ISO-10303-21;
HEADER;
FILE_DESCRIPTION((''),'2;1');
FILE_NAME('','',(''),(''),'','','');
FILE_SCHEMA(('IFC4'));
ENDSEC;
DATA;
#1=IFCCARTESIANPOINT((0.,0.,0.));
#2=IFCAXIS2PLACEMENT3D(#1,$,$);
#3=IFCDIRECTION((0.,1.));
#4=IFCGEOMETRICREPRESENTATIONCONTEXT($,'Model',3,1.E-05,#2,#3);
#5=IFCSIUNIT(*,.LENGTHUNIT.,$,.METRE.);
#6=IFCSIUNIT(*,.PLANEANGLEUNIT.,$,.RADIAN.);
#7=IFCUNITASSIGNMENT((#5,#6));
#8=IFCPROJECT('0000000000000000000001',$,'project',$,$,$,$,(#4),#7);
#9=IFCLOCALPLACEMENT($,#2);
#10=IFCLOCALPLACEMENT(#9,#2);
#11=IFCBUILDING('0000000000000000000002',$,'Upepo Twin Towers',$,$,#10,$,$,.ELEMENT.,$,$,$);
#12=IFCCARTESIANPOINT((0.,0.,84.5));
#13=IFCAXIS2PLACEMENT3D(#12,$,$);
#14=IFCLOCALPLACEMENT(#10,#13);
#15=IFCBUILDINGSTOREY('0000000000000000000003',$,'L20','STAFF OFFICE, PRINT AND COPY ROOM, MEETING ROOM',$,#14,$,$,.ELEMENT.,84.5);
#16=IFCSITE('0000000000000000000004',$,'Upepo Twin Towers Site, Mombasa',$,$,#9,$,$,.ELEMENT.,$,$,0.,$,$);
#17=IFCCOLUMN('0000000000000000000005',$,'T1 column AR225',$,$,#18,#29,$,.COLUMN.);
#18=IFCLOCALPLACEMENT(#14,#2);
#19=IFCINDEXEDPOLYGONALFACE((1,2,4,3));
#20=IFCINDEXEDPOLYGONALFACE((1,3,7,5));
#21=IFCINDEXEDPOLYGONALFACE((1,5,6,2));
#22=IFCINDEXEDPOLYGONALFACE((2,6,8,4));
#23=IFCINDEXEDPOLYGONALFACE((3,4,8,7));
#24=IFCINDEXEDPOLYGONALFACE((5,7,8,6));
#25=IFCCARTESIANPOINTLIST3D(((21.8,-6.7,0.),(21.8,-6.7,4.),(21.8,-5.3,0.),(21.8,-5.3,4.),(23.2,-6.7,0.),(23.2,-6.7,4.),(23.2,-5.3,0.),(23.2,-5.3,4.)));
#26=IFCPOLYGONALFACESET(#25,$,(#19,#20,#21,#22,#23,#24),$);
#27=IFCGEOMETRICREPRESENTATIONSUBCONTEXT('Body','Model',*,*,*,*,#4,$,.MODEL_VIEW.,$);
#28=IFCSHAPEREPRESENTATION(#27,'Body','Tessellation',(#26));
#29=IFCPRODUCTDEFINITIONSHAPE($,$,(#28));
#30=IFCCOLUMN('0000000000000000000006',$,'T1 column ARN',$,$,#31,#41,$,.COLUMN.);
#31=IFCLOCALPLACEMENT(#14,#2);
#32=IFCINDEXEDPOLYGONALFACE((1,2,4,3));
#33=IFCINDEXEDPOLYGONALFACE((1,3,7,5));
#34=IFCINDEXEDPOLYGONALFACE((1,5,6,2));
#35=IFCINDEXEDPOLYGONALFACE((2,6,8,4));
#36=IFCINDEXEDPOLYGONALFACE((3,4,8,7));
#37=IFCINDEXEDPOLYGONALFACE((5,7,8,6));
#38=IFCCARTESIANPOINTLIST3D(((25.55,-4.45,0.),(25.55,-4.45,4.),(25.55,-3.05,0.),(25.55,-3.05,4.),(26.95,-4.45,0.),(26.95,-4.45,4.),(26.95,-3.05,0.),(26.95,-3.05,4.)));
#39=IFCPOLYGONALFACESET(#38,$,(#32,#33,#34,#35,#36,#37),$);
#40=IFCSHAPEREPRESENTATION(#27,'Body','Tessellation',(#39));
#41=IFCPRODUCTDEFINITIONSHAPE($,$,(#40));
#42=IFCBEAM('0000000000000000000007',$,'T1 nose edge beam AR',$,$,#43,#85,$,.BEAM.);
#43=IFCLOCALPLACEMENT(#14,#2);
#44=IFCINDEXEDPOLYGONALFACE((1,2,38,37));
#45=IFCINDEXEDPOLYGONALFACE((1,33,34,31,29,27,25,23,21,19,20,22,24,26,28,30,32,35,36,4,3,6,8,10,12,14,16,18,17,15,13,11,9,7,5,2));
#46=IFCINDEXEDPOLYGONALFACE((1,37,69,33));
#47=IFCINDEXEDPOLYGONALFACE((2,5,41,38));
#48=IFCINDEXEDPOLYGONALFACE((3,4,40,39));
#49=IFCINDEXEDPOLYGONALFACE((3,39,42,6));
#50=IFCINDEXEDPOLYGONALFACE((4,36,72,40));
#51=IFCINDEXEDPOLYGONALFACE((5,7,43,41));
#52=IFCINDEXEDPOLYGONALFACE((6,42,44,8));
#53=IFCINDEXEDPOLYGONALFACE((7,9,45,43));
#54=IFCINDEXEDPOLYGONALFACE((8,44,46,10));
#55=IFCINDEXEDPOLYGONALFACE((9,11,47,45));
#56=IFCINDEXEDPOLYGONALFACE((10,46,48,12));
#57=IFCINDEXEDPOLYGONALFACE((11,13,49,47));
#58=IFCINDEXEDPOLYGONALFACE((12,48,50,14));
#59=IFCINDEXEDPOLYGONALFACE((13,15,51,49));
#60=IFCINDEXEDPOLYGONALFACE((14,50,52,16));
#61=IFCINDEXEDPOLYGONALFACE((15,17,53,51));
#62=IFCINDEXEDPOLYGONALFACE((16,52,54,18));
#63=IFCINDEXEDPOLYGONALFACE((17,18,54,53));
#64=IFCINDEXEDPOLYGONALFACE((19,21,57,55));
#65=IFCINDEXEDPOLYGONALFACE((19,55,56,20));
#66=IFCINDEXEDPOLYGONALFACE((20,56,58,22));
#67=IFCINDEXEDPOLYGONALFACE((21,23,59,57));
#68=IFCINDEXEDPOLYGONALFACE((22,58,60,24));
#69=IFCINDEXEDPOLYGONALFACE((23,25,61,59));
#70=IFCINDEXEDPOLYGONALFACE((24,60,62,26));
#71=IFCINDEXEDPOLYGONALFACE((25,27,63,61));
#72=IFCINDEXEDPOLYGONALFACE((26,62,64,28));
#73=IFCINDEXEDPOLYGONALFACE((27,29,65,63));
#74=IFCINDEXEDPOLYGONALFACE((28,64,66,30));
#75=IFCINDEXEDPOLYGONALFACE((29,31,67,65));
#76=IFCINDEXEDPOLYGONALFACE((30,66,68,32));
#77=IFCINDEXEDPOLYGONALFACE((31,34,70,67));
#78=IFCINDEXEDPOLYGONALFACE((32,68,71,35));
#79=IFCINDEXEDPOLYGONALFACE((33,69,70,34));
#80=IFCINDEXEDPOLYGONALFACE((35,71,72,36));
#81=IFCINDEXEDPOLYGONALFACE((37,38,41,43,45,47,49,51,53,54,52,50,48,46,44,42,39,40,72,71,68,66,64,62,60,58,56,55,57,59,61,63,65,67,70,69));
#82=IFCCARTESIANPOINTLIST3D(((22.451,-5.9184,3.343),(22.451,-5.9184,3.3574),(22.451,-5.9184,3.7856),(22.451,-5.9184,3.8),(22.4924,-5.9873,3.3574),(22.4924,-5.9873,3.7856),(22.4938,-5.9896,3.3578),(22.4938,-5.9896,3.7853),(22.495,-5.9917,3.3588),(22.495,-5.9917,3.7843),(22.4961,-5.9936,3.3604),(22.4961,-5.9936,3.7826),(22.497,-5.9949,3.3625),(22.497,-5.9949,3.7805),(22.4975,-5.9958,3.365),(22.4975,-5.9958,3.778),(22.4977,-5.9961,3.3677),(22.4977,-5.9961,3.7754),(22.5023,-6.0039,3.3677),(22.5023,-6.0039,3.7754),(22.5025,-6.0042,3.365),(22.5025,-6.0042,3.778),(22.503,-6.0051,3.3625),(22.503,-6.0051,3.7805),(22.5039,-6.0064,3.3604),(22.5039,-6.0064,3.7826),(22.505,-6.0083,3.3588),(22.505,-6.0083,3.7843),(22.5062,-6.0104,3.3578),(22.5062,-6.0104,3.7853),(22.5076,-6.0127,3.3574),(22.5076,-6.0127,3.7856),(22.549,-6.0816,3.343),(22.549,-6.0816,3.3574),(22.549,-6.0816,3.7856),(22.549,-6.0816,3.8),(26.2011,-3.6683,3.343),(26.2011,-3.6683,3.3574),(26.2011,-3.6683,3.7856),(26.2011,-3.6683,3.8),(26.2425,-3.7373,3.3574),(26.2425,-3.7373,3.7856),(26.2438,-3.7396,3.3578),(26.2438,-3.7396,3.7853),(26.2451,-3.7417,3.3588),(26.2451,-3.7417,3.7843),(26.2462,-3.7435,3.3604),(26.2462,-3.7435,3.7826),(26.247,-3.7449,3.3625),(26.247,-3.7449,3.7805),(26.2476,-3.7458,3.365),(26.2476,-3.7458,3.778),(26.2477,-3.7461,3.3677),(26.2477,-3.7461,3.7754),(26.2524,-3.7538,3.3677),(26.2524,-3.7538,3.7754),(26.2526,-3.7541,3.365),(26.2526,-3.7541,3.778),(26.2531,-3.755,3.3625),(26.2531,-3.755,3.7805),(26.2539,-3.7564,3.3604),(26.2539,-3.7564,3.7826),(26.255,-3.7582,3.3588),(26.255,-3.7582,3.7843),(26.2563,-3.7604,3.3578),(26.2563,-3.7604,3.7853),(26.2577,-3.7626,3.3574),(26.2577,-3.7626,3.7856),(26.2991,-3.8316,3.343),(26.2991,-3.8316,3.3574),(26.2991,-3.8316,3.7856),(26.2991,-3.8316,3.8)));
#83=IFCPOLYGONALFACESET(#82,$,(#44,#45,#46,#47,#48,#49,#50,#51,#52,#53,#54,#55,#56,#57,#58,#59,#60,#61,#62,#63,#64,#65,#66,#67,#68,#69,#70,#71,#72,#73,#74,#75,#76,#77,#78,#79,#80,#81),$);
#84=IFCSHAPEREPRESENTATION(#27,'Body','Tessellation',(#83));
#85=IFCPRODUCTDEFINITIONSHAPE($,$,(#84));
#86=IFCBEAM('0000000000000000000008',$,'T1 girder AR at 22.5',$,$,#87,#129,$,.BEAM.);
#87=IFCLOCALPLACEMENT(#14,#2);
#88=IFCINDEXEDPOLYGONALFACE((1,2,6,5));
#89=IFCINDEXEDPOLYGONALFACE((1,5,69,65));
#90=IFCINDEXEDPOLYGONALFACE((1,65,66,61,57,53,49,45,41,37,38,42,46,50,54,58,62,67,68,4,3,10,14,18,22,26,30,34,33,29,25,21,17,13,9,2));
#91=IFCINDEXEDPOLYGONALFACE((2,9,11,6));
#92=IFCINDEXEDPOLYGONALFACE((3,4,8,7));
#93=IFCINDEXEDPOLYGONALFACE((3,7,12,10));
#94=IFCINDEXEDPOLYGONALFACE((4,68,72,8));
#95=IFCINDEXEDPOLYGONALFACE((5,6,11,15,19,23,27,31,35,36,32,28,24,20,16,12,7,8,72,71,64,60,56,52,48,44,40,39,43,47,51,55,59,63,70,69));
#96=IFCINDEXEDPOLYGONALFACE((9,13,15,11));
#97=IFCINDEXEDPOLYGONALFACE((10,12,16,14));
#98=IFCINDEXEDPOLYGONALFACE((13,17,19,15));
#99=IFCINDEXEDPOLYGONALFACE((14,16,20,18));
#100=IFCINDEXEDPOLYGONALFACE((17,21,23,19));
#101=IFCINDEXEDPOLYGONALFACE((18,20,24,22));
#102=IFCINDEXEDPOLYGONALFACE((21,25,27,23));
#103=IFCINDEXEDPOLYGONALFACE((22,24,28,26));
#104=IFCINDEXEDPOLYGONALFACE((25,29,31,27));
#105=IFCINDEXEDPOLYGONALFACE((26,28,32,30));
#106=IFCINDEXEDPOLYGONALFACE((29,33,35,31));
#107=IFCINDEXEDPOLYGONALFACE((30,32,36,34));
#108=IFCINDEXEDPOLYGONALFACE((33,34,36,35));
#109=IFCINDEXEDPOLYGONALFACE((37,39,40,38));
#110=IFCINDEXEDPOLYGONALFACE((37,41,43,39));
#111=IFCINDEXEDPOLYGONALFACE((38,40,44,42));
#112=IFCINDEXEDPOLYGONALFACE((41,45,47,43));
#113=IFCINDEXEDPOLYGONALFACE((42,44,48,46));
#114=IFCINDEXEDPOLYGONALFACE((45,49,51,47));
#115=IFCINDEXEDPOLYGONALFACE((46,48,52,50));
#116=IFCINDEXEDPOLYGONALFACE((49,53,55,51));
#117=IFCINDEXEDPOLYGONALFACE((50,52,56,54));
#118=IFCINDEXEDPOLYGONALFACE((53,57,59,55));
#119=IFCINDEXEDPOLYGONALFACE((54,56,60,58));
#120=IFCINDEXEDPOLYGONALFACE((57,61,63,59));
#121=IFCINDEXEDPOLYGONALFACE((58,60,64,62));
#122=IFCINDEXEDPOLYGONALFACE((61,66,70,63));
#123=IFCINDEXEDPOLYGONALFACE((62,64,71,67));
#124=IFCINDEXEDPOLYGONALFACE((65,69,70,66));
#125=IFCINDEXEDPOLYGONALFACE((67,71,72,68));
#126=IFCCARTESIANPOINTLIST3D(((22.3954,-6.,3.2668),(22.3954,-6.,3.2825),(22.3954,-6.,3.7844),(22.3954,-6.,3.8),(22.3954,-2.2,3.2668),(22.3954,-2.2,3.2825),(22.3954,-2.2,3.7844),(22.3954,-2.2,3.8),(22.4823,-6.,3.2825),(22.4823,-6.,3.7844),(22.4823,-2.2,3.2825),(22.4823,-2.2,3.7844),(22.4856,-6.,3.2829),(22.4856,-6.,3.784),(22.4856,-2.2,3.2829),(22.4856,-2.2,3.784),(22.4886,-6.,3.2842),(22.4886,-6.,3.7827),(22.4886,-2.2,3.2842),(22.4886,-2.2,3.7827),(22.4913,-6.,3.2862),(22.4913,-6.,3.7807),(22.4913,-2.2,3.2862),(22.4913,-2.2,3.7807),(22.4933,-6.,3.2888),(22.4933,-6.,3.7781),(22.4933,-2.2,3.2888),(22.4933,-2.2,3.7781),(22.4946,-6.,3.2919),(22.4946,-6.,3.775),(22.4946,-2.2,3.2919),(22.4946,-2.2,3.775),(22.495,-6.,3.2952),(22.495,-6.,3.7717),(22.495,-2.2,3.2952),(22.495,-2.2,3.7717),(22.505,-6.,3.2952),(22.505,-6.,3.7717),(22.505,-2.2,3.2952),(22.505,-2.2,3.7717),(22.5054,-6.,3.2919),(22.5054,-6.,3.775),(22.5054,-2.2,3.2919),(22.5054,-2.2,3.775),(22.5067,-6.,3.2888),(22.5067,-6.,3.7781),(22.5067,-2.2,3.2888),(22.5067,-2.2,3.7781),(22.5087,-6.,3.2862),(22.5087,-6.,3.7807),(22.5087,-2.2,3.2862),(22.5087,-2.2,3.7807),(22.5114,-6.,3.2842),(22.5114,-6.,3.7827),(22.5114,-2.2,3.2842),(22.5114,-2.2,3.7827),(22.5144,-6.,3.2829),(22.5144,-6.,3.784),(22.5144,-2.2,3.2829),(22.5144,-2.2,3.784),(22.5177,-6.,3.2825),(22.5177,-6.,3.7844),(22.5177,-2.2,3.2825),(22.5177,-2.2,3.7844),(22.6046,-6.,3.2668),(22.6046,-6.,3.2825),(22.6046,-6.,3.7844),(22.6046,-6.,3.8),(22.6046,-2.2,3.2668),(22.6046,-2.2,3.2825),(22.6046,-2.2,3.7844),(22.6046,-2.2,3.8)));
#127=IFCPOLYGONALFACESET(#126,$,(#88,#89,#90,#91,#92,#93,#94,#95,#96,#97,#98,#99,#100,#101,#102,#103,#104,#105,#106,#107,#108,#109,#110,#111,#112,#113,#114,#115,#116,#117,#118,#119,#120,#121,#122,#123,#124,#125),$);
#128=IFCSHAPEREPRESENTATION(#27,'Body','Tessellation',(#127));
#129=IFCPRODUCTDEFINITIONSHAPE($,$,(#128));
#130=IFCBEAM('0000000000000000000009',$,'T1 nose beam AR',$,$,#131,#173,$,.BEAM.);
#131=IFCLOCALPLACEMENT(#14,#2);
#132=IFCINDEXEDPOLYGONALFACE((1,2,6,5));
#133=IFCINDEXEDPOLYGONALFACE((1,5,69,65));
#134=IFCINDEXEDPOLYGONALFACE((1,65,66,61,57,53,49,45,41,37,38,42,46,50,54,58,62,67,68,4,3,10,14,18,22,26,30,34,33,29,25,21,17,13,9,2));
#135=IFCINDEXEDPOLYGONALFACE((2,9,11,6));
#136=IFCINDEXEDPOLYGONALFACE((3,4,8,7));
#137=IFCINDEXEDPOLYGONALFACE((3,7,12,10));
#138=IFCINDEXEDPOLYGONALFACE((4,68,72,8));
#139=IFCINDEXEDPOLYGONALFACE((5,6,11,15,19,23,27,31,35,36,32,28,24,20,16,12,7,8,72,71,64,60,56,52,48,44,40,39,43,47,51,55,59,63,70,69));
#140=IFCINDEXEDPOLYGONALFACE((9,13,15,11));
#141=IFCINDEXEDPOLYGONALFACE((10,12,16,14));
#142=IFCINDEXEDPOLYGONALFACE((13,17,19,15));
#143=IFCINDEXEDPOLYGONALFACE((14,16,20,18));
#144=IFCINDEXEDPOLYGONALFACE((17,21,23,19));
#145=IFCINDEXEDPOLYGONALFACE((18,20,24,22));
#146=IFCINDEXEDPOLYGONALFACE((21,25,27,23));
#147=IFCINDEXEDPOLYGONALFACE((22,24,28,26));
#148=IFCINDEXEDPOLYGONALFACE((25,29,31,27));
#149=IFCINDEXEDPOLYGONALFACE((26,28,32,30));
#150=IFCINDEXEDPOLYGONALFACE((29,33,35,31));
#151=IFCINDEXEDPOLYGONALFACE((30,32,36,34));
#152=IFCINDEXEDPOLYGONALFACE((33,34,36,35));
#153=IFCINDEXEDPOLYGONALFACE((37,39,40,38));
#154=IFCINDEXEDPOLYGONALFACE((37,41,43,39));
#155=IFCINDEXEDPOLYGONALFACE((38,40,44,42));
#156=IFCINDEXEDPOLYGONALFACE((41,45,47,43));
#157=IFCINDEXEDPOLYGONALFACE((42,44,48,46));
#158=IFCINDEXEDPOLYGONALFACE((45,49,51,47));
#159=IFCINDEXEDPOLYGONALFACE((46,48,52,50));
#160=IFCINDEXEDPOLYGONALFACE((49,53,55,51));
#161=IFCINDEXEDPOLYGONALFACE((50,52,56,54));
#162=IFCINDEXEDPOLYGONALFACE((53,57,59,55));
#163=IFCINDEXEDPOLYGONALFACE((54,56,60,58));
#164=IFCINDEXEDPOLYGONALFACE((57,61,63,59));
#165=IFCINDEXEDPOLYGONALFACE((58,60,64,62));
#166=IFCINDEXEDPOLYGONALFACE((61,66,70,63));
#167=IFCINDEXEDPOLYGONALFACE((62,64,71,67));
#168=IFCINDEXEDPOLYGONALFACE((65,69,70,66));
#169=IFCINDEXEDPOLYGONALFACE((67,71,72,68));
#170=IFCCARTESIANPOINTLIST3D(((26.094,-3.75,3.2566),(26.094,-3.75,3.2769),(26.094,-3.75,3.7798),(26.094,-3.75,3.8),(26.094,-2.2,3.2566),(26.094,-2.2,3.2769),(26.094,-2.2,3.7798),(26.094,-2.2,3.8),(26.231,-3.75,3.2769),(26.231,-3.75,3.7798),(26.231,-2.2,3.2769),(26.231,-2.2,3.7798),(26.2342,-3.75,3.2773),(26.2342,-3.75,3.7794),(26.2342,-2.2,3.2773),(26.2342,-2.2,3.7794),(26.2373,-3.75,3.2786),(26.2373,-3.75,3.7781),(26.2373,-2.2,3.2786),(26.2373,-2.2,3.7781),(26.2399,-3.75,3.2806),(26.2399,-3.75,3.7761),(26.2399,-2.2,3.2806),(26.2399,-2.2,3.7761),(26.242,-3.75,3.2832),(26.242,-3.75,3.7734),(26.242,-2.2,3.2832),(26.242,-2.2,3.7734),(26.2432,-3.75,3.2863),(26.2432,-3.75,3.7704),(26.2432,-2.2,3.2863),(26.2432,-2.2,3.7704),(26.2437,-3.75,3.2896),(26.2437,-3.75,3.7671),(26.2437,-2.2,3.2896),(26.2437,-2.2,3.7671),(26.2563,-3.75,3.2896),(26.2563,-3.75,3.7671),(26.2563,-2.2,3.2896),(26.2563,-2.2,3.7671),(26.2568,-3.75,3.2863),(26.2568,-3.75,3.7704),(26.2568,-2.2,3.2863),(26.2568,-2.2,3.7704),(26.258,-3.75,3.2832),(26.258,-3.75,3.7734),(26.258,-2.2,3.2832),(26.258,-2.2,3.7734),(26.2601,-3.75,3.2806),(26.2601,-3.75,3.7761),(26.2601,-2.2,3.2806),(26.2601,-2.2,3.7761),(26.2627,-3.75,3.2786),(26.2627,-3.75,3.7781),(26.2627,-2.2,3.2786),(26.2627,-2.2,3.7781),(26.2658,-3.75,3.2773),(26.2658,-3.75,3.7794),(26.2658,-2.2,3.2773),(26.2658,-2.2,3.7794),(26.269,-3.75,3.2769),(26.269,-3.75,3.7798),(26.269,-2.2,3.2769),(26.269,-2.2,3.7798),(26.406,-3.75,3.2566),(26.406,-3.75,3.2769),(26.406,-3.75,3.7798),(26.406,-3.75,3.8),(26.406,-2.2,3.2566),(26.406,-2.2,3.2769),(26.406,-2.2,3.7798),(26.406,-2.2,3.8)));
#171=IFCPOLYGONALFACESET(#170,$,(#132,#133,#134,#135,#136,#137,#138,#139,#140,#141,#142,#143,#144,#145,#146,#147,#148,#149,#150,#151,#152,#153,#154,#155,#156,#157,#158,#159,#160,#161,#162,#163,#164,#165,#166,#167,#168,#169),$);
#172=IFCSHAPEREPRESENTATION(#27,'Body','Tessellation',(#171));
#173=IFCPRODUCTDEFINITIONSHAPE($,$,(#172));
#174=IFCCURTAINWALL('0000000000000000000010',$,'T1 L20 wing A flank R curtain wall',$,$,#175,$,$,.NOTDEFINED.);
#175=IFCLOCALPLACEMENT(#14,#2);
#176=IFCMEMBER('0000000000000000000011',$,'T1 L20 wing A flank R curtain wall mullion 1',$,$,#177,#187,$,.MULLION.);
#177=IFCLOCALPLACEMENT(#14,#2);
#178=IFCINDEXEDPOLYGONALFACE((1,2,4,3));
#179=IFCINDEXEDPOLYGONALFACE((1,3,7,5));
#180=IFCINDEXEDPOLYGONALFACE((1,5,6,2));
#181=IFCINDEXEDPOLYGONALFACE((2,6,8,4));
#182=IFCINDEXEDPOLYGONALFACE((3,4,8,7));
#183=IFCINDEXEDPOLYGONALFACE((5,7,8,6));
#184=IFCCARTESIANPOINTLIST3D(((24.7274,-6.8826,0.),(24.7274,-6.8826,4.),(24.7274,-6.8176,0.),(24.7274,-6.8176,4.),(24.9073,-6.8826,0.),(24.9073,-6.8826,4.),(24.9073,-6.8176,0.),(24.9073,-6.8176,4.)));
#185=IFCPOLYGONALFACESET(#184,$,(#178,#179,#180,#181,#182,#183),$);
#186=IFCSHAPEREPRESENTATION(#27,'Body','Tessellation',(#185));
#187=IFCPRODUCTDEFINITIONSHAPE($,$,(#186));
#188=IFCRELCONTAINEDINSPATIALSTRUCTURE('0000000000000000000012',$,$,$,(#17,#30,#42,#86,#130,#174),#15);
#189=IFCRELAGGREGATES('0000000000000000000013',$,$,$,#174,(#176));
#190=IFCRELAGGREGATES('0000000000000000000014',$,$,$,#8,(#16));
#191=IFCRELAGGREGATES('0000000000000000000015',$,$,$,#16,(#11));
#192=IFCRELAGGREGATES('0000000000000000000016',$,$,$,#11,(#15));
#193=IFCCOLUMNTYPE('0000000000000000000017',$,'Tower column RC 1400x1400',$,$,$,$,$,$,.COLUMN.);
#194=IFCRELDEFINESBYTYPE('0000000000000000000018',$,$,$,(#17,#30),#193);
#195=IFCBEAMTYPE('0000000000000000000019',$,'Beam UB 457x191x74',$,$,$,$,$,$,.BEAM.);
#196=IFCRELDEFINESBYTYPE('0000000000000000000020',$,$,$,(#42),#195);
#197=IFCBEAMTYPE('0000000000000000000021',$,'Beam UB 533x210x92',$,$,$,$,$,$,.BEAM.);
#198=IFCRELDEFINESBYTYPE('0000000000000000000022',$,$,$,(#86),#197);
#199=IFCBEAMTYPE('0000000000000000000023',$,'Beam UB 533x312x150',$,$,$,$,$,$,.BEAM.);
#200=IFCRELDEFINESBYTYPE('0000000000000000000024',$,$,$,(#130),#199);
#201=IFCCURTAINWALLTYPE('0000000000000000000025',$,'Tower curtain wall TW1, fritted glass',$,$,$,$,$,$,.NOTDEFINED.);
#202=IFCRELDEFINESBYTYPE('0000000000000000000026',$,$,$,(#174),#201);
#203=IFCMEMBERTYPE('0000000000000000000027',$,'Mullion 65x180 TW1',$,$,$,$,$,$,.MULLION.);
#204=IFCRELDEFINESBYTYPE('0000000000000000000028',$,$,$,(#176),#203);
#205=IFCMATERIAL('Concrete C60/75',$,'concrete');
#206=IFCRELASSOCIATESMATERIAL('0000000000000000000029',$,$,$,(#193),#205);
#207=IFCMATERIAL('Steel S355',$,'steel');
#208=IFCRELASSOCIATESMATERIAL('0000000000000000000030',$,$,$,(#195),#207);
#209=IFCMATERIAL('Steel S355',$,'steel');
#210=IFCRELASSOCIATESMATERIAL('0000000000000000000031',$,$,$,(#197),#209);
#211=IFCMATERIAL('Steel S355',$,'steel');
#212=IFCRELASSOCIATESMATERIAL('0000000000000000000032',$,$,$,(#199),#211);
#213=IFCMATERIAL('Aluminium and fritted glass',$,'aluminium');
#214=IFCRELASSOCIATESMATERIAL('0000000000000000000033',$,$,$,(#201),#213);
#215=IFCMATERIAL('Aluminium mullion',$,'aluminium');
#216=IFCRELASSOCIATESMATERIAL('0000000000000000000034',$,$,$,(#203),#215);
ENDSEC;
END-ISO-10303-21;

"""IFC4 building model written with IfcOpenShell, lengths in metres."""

from ifc_helpers import new_model, si_unit, direction, frame, origin, origin_2d, place, context, subcontext, project, spatial, rectangle, i_section, extrude, material, material_profile, profile_set, type_object, element, aggregate, save


model = new_model("IFC4")

# Units and contexts
model_context = context("Model", 3, precision=1e-05, world=origin(), true_north=direction((0.0, 1.0)))
body_context = subcontext(model_context, "Body", "Model", "MODEL_VIEW")
ifc_project = project(units=[si_unit("LENGTHUNIT", "METRE"), si_unit("PLANEANGLEUNIT", "RADIAN")], contexts=[model_context])

# Site, building, storey
site_placement = place(None, origin())
site = spatial("IfcSite", under=ifc_project, at=site_placement, Name="Upepo Twin Towers Site, Mombasa", CompositionType="ELEMENT", RefElevation=0.0)
building_placement = place(site_placement, origin())
building = spatial("IfcBuilding", under=site, at=building_placement, Name="Upepo Twin Towers", CompositionType="ELEMENT")
storey_placement = place(building_placement, frame((0.0, 0.0, 84.5)))
storey = spatial("IfcBuildingStorey", under=building, at=storey_placement, Name="L20", Description="STAFF OFFICE, PRINT AND COPY ROOM, MEETING ROOM", CompositionType="ELEMENT", Elevation=84.5)

# Columns
ifc_material_1 = material(Name="Concrete C60/75", Category="concrete")
ifc_material_profile_1 = material_profile(ifc_material_1, rectangle(XDim=1.3999, YDim=1.3999, at=origin_2d()), Name="RC 1400x1400")
ifc_profile_set_1 = profile_set([ifc_material_profile_1], Name="Concrete C60/75")
column_type = type_object("IfcColumnType", Name="Tower column RC 1400x1400", PredefinedType="COLUMN", material=ifc_profile_set_1)
for number, where, z_axis, x_axis, name in (
    (1, (22.5, -6.0, 0.0), (0.0, 0.0, 1.0), (1.0, 0.0, 0.0), "T1 column AR225"),
    (2, (26.25, -3.75, 0.0), (0.0, 0.0, 1.0), (1.0, 0.0, 0.0), "T1 column ARN"),
):
    element("IfcColumn", number, at=place(storey_placement, frame(where, z_axis=z_axis, x_axis=x_axis)), inside=storey, type_object=column_type, Name=name, PredefinedType="COLUMN", context=body_context, shape_type="SweptSolid", body=[
        extrude(rectangle(XDim=1.3999, YDim=1.3999, at=origin_2d()), origin(), (0.0, 0.0, 1.0), 4.0),
    ])

# Beams
ifc_material_2 = material(Name="Steel S355", Category="steel")
ifc_material_profile_2 = material_profile(ifc_material_2, i_section(OverallWidth=0.1904, OverallDepth=0.457, WebThickness=0.009, FlangeThickness=0.0144, FilletRadius=0.0103, at=origin_2d()), Name="UB 457x191x74")
ifc_profile_set_2 = profile_set([ifc_material_profile_2], Name="Steel S355")
beam_type_1 = type_object("IfcBeamType", Name="Beam UB 457x191x74", PredefinedType="BEAM", material=ifc_profile_set_2)
beam_1_placement = place(storey_placement, frame((22.5, -6.0, 3.5715), z_axis=(0.857493, 0.514496, 0.0), x_axis=(-0.514496, 0.857493, 0.0)))
element("IfcBeam", 3, at=beam_1_placement, inside=storey, type_object=beam_type_1, Name="T1 nose edge beam AR", PredefinedType="BEAM", context=body_context, shape_type="SweptSolid", body=[
    extrude(i_section(OverallWidth=0.1904, OverallDepth=0.457, WebThickness=0.009, FlangeThickness=0.0144, FilletRadius=0.0103, at=origin_2d()), origin(), (0.0, 0.0, 1.0), 4.3733),
])
ifc_material_3 = material(Name="Steel S355", Category="steel")
ifc_material_profile_3 = material_profile(ifc_material_3, i_section(OverallWidth=0.2092, OverallDepth=0.5332, WebThickness=0.01, FlangeThickness=0.0156, FilletRadius=0.0127, at=origin_2d()), Name="UB 533x210x92")
ifc_profile_set_3 = profile_set([ifc_material_profile_3], Name="Steel S355")
beam_type_2 = type_object("IfcBeamType", Name="Beam UB 533x210x92", PredefinedType="BEAM", material=ifc_profile_set_3)
beam_2_placement = place(storey_placement, frame((22.5, -6.0, 3.5334), z_axis=(0.0, 1.0, 0.0), x_axis=(-1.0, 0.0, 0.0)))
element("IfcBeam", 4, at=beam_2_placement, inside=storey, type_object=beam_type_2, Name="T1 girder AR at 22.5", PredefinedType="BEAM", context=body_context, shape_type="SweptSolid", body=[
    extrude(i_section(OverallWidth=0.2092, OverallDepth=0.5332, WebThickness=0.01, FlangeThickness=0.0156, FilletRadius=0.0127, at=origin_2d()), origin(), (0.0, 0.0, 1.0), 3.8),
])
ifc_material_4 = material(Name="Steel S355", Category="steel")
ifc_material_profile_4 = material_profile(ifc_material_4, i_section(OverallWidth=0.312, OverallDepth=0.5435, WebThickness=0.0127, FlangeThickness=0.0203, FilletRadius=0.0127, at=origin_2d()), Name="UB 533x312x150")
ifc_profile_set_4 = profile_set([ifc_material_profile_4], Name="Steel S355")
beam_type_3 = type_object("IfcBeamType", Name="Beam UB 533x312x150", PredefinedType="BEAM", material=ifc_profile_set_4)
beam_3_placement = place(storey_placement, frame((26.25, -3.75, 3.5283), z_axis=(0.0, 1.0, 0.0), x_axis=(-1.0, 0.0, 0.0)))
element("IfcBeam", 5, at=beam_3_placement, inside=storey, type_object=beam_type_3, Name="T1 nose beam AR", PredefinedType="BEAM", context=body_context, shape_type="SweptSolid", body=[
    extrude(i_section(OverallWidth=0.312, OverallDepth=0.5435, WebThickness=0.0127, FlangeThickness=0.0203, FilletRadius=0.0127, at=origin_2d()), origin(), (0.0, 0.0, 1.0), 1.55),
])

# Curtain wall, member
ifc_material_5 = material(Name="Aluminium and fritted glass", Category="aluminium")
curtain_wall_type = type_object("IfcCurtainWallType", Name="Tower curtain wall TW1, fritted glass", PredefinedType="NOTDEFINED", material=ifc_material_5)
curtain_wall_1_placement = place(storey_placement, origin())
curtain_wall_1 = element("IfcCurtainWall", 6, at=curtain_wall_1_placement, inside=storey, type_object=curtain_wall_type, Name="T1 L20 wing A flank R curtain wall", PredefinedType="NOTDEFINED")
ifc_material_6 = material(Name="Aluminium mullion", Category="aluminium")
ifc_material_profile_5 = material_profile(ifc_material_6, rectangle(XDim=0.0649, YDim=0.1799, at=origin_2d()), Name="MULLION 65x180")
ifc_profile_set_5 = profile_set([ifc_material_profile_5], Name="Aluminium mullion")
member_type_1 = type_object("IfcMemberType", Name="Mullion 65x180 TW1", PredefinedType="MULLION", material=ifc_profile_set_5)
member_1_placement = place(storey_placement, frame((24.8174, -6.8501, 0.0), z_axis=(0.0, 0.0, 1.0), x_axis=(0.0, -1.0, 0.0)))
member_1 = element("IfcMember", 7, at=member_1_placement, type_object=member_type_1, Name="T1 L20 wing A flank R curtain wall mullion 1", PredefinedType="MULLION", context=body_context, shape_type="SweptSolid", body=[
    extrude(rectangle(XDim=0.0649, YDim=0.1799, at=origin_2d()), origin(), (0.0, 0.0, 1.0), 4.0),
])

aggregate(curtain_wall_1, [member_1])

save(model, "model.ifc")
